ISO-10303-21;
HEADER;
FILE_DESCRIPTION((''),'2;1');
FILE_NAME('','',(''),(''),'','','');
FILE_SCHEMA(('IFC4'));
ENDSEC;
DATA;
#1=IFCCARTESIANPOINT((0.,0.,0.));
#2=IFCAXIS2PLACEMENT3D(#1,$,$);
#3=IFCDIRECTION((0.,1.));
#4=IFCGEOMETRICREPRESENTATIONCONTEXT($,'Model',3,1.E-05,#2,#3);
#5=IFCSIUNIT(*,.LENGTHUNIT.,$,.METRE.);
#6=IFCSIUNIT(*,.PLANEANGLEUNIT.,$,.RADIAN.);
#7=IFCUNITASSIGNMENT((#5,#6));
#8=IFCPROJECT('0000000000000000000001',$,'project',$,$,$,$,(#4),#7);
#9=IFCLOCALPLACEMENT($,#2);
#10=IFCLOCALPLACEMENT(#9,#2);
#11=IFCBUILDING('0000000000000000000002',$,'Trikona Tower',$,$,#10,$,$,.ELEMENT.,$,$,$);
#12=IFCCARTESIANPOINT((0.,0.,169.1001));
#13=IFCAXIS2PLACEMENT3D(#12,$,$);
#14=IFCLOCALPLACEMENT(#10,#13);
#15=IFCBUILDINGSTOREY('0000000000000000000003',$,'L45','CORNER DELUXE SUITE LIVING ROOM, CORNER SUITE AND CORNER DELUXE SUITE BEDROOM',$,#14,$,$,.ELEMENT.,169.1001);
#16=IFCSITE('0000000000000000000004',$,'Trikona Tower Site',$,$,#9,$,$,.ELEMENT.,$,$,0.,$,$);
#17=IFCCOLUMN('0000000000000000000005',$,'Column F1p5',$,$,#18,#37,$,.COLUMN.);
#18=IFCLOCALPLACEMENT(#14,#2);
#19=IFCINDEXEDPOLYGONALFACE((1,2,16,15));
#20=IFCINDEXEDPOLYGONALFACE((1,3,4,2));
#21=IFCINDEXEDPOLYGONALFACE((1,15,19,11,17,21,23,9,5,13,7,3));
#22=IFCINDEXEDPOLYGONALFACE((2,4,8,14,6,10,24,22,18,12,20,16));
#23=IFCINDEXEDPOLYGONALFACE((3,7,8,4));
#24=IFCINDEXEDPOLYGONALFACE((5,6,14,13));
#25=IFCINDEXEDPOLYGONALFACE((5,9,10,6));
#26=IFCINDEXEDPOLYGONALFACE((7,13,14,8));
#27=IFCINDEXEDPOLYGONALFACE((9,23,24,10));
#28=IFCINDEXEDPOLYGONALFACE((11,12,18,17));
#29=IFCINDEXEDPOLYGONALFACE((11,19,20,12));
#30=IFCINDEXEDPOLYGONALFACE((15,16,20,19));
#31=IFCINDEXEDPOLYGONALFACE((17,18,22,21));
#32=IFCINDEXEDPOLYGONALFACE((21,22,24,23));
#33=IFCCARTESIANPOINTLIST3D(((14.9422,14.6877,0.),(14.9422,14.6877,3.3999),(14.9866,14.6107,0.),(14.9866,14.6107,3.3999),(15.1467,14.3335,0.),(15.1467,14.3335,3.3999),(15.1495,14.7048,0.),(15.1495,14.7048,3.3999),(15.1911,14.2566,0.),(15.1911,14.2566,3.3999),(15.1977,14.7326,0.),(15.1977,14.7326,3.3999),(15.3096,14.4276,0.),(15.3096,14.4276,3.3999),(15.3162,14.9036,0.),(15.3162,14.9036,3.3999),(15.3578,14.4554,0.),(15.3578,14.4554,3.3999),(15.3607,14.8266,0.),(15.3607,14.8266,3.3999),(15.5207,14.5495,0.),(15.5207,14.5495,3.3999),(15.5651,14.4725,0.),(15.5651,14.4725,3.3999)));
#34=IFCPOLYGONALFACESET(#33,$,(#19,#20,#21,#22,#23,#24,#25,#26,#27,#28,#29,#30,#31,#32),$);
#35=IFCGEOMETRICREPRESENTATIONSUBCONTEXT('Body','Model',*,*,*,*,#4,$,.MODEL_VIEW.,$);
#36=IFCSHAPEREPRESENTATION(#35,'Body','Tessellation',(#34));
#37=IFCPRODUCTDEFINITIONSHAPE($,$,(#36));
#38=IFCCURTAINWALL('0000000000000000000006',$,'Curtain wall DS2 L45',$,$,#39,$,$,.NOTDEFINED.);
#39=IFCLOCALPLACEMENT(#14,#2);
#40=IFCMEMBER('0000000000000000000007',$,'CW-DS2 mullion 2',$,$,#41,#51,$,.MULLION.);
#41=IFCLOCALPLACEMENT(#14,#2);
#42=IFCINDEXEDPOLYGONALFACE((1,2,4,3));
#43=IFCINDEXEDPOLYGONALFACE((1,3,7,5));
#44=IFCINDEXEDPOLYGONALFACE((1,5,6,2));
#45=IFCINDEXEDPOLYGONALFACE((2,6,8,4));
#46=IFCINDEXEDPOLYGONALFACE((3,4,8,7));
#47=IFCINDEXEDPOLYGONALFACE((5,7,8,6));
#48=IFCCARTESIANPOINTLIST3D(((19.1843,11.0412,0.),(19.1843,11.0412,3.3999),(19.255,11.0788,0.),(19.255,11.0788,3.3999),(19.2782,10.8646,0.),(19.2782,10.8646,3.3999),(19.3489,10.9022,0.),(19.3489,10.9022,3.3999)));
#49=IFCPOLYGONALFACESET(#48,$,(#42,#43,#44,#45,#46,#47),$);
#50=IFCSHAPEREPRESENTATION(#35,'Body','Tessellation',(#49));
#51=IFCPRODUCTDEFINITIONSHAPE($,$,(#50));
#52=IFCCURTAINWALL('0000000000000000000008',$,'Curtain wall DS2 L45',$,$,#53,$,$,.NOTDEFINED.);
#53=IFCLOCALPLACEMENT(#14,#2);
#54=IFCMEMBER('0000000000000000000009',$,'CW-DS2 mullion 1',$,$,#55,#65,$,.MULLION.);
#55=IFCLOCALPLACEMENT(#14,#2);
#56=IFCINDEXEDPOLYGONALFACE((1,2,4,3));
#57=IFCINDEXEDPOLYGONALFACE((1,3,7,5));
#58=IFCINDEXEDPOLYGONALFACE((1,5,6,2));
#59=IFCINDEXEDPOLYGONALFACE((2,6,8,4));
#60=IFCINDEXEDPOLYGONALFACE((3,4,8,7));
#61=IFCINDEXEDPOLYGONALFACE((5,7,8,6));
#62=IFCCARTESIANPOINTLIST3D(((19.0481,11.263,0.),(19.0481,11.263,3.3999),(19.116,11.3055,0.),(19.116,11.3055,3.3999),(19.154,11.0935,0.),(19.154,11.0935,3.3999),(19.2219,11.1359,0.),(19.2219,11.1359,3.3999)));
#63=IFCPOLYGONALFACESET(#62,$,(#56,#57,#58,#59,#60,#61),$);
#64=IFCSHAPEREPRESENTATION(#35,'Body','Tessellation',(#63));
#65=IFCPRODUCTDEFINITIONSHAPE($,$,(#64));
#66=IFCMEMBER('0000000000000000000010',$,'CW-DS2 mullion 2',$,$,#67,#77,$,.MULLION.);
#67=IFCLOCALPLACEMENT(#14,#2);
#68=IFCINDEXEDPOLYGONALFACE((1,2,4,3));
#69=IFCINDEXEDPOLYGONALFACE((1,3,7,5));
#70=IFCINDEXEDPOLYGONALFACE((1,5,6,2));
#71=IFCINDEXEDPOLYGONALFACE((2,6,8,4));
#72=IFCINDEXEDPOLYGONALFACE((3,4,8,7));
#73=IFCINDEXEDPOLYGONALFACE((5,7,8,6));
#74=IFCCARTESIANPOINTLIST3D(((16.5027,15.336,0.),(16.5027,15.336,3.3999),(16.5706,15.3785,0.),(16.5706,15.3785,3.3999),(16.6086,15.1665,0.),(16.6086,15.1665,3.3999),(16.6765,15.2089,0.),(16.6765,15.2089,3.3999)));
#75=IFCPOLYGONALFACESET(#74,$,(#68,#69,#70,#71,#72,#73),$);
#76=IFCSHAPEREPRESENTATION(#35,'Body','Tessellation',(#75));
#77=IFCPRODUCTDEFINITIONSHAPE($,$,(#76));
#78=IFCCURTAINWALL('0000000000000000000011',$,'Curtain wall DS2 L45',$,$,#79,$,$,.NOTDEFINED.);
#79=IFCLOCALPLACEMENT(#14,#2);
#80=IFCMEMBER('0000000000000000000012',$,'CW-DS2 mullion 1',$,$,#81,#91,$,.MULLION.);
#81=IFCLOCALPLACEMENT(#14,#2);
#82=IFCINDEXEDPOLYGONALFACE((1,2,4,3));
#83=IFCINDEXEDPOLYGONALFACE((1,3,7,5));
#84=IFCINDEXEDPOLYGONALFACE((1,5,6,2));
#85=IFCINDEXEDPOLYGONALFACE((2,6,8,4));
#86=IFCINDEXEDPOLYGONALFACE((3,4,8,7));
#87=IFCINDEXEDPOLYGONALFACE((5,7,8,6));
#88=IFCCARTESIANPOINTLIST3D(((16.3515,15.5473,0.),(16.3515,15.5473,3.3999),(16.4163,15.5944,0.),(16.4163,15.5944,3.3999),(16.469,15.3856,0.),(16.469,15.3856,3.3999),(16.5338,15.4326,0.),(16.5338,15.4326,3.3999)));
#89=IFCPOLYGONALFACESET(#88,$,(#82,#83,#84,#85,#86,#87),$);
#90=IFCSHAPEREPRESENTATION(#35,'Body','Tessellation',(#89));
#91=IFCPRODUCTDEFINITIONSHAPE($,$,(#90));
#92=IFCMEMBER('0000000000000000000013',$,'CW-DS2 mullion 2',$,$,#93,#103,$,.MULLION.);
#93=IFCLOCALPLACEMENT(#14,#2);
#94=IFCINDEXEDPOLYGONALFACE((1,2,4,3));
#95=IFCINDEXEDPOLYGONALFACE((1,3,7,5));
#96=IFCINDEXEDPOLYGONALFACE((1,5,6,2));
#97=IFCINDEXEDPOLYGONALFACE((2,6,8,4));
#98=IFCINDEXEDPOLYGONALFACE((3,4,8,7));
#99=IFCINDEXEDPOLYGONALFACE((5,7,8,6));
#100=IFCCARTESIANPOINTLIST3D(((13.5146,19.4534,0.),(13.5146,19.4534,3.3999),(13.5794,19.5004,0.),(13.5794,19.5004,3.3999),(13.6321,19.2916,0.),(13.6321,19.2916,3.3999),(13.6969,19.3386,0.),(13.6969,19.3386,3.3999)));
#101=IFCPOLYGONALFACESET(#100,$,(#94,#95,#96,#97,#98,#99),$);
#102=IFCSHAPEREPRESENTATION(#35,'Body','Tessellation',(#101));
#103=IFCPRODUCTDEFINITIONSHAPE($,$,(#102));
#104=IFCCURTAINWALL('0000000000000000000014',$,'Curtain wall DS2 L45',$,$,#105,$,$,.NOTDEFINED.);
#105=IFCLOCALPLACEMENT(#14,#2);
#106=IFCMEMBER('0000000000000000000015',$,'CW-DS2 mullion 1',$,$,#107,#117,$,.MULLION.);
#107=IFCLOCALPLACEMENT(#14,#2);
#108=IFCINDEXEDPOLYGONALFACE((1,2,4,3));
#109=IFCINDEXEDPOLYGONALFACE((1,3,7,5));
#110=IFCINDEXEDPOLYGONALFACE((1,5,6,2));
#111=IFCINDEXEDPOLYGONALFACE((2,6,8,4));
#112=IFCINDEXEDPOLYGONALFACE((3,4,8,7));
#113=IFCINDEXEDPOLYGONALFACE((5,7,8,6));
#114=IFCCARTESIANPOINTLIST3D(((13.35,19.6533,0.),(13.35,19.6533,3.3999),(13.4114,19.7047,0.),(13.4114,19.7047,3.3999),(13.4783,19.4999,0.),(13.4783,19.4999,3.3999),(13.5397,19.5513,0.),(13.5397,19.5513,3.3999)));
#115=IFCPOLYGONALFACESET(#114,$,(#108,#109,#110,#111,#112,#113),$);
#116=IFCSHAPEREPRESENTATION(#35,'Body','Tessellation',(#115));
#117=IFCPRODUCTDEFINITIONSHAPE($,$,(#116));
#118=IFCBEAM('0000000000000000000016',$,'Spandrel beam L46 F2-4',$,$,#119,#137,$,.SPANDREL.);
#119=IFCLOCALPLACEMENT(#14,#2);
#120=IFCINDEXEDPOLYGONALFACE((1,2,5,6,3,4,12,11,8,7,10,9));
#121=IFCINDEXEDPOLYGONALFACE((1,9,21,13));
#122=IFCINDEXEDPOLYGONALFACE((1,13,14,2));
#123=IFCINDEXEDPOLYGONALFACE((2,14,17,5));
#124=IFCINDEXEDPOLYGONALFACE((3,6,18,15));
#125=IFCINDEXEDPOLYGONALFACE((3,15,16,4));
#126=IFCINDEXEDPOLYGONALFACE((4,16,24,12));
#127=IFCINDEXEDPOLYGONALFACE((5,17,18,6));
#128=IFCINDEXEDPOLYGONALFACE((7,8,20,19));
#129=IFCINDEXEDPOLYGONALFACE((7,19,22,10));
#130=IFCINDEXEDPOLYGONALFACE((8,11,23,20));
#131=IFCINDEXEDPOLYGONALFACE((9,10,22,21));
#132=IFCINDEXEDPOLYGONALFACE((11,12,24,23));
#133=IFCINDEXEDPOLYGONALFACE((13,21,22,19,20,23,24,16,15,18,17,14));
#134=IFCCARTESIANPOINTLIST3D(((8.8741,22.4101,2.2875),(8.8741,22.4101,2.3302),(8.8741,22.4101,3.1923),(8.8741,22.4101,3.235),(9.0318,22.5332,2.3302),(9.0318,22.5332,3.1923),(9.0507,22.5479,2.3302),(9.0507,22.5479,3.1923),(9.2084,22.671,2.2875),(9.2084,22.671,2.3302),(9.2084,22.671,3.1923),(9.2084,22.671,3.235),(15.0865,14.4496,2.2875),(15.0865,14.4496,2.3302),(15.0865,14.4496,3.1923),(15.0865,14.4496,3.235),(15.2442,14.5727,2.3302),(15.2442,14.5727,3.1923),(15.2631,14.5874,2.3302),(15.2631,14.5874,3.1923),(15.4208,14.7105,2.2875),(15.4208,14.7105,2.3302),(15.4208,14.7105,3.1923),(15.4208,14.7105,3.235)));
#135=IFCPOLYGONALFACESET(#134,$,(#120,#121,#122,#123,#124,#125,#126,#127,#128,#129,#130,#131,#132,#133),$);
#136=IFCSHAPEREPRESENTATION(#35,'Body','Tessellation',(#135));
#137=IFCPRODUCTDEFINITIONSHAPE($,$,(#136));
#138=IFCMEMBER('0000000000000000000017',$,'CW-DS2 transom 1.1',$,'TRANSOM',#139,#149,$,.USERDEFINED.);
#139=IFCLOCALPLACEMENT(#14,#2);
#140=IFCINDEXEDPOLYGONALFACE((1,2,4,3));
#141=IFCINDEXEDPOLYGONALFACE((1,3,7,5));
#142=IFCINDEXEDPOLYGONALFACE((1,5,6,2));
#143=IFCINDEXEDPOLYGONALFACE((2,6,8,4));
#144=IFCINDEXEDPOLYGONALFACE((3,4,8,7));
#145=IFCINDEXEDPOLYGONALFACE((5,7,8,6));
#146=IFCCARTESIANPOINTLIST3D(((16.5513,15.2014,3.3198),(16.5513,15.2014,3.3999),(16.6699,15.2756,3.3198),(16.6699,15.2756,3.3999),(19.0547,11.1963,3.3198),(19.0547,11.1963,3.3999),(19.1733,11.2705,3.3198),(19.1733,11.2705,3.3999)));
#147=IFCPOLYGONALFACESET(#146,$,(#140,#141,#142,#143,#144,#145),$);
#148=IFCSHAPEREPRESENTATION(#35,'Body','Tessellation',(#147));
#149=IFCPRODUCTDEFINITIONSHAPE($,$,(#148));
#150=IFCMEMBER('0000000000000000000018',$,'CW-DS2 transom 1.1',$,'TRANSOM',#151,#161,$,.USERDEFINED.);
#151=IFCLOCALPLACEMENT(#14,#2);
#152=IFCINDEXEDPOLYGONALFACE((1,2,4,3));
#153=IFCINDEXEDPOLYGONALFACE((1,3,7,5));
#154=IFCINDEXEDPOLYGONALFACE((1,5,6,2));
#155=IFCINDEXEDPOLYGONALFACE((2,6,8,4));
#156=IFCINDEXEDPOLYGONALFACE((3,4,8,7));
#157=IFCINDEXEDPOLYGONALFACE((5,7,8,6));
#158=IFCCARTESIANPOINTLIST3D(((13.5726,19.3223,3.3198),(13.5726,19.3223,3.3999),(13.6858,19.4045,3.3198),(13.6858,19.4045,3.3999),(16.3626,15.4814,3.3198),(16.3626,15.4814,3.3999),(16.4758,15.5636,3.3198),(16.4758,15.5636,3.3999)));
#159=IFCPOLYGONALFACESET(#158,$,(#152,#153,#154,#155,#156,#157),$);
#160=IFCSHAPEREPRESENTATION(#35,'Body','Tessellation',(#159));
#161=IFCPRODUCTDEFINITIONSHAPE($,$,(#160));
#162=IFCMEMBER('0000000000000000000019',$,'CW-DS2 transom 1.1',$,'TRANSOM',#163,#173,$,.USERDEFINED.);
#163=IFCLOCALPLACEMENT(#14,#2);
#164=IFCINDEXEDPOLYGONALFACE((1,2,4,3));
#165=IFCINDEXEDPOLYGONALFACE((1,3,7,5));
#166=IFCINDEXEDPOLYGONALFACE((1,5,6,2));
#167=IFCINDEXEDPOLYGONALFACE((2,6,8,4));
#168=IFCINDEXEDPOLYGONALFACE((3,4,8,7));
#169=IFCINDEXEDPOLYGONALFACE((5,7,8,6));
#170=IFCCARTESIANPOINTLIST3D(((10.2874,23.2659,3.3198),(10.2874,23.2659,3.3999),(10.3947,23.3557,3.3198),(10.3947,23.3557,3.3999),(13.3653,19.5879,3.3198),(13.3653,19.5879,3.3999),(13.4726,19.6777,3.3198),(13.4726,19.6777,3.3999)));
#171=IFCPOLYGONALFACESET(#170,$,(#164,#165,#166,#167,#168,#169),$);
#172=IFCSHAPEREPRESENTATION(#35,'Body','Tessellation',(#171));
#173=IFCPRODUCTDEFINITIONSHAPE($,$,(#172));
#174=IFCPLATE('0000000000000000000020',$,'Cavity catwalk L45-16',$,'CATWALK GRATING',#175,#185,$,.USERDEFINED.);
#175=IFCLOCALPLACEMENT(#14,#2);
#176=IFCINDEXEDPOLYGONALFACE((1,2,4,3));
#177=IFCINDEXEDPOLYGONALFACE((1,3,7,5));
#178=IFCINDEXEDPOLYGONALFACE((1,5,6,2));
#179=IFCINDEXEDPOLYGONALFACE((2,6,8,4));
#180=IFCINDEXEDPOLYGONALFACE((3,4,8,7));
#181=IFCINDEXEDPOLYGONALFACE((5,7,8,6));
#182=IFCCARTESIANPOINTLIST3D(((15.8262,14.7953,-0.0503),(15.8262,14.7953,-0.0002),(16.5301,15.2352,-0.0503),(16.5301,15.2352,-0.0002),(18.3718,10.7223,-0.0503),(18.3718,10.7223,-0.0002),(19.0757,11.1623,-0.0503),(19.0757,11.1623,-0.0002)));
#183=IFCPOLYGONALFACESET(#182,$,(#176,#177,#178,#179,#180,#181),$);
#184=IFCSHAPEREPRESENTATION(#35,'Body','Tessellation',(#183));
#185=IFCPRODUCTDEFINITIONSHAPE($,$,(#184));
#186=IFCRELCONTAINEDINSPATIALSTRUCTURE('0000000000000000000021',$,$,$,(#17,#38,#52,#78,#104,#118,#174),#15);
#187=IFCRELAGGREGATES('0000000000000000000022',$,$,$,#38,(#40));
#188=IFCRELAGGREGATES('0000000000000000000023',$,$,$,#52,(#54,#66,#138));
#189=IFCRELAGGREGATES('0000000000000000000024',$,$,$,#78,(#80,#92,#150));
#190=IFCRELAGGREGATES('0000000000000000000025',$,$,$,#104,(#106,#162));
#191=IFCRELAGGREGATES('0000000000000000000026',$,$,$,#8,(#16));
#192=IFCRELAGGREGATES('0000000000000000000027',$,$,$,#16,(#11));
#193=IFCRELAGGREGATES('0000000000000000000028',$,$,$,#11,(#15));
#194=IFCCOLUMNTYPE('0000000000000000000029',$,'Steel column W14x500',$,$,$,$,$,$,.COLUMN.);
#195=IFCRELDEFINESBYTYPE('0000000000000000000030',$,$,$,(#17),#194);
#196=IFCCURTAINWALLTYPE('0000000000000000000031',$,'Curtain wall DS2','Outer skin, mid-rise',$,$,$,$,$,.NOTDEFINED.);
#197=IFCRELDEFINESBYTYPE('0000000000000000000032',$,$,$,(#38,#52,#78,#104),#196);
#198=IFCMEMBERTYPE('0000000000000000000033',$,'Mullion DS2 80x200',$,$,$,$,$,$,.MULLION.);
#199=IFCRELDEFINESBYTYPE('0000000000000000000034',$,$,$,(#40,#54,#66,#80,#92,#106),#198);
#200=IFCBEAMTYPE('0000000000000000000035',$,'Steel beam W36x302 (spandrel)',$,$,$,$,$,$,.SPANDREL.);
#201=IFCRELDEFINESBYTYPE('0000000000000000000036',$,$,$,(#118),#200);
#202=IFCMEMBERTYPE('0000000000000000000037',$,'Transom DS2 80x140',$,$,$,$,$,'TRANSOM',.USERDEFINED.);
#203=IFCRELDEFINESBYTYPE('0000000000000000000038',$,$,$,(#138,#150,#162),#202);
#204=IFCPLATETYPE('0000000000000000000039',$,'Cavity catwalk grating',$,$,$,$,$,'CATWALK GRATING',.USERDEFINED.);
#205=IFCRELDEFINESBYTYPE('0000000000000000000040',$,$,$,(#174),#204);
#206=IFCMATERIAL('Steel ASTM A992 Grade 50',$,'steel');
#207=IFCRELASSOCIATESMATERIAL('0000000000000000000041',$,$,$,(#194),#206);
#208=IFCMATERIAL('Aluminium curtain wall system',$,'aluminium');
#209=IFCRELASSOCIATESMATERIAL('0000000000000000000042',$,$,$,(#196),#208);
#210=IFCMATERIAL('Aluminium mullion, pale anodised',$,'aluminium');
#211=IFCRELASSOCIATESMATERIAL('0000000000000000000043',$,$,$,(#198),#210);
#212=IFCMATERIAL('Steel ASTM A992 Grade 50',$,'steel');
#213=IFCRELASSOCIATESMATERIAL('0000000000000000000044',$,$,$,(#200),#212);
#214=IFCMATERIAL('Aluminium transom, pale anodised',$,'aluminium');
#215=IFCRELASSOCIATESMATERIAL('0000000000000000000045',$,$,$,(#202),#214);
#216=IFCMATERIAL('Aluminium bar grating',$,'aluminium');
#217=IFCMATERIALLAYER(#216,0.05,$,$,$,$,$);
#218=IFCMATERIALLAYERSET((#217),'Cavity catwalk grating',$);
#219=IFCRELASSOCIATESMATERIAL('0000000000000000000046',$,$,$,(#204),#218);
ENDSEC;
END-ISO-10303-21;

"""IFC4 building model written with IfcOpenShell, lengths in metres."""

from ifc_helpers import new_model, si_unit, direction, frame, origin, origin_2d, place, context, subcontext, project, spatial, rectangle, i_section, extrude, material, layer, layer_set, material_profile, profile_set, type_object, element, aggregate, save


model = new_model("IFC4")

# Units and contexts
model_context = context("Model", 3, precision=1e-05, world=origin(), true_north=direction((0.0, 1.0)))
body_context = subcontext(model_context, "Body", "Model", "MODEL_VIEW")
ifc_project = project(units=[si_unit("LENGTHUNIT", "METRE"), si_unit("PLANEANGLEUNIT", "RADIAN")], contexts=[model_context])

# Site, building, storey
site_placement = place(None, origin())
site = spatial("IfcSite", under=ifc_project, at=site_placement, Name="Trikona Tower Site", CompositionType="ELEMENT", RefElevation=0.0)
building_placement = place(site_placement, origin())
building = spatial("IfcBuilding", under=site, at=building_placement, Name="Trikona Tower", CompositionType="ELEMENT")
storey_placement = place(building_placement, frame((0.0, 0.0, 169.1001)))
storey = spatial("IfcBuildingStorey", under=building, at=storey_placement, Name="L45", Description="CORNER DELUXE SUITE LIVING ROOM, CORNER SUITE AND CORNER DELUXE SUITE BEDROOM", CompositionType="ELEMENT", Elevation=169.1001)

# Column
ifc_material_1 = material(Name="Steel ASTM A992 Grade 50", Category="steel")
ifc_material_profile_1 = material_profile(ifc_material_1, i_section(OverallWidth=0.4319, OverallDepth=0.4978, WebThickness=0.0557, FlangeThickness=0.0889, at=origin_2d()), Name="W14X500")
ifc_profile_set_1 = profile_set([ifc_material_profile_1], Name="Steel ASTM A992 Grade 50")
column_type = type_object("IfcColumnType", Name="Steel column W14x500", PredefinedType="COLUMN", material=ifc_profile_set_1)
column_placement = place(storey_placement, frame((15.2537, 14.5801, 0.0), z_axis=(0.0, 0.0, 1.0), x_axis=(0.866025, 0.5, 0.0)))
element("IfcColumn", 1, at=column_placement, inside=storey, type_object=column_type, Name="Column F1p5", PredefinedType="COLUMN", context=body_context, shape_type="SweptSolid", body=[
    extrude(i_section(OverallWidth=0.4319, OverallDepth=0.4978, WebThickness=0.0557, FlangeThickness=0.0889, at=origin_2d()), origin(), (0.0, 0.0, 1.0), 3.3999),
])

# Curtain wall, member
ifc_material_2 = material(Name="Aluminium curtain wall system", Category="aluminium")
curtain_wall_type = type_object("IfcCurtainWallType", Name="Curtain wall DS2", Description="Outer skin, mid-rise", PredefinedType="NOTDEFINED", material=ifc_material_2)
curtain_wall_1_placement = place(storey_placement, origin())
curtain_wall_1 = element("IfcCurtainWall", 2, at=curtain_wall_1_placement, inside=storey, type_object=curtain_wall_type, Name="Curtain wall DS2 L45", PredefinedType="NOTDEFINED")
ifc_material_3 = material(Name="Aluminium mullion, pale anodised", Category="aluminium")
ifc_material_profile_2 = material_profile(ifc_material_3, rectangle(XDim=0.0801, YDim=0.2, at=origin_2d()), Name="MUL-DS2")
ifc_profile_set_2 = profile_set([ifc_material_profile_2], Name="Aluminium mullion, pale anodised")
member_type_1 = type_object("IfcMemberType", Name="Mullion DS2 80x200", PredefinedType="MULLION", material=ifc_profile_set_2)
member_1_placement = place(storey_placement, frame((19.2666, 10.9717, 0.0), z_axis=(0.0, 0.0, 1.0), x_axis=(-0.882996, -0.46938, 0.0)))
member_1 = element("IfcMember", 3, at=member_1_placement, type_object=member_type_1, Name="CW-DS2 mullion 2", PredefinedType="MULLION", context=body_context, shape_type="SweptSolid", body=[
    extrude(rectangle(XDim=0.0801, YDim=0.2, at=origin_2d()), origin(), (0.0, 0.0, 1.0), 3.3999),
])
aggregate(curtain_wall_1, [member_1])

# Curtain walls, members
curtain_wall_2_placement = place(storey_placement, origin())
curtain_wall_2 = element("IfcCurtainWall", 4, at=curtain_wall_2_placement, inside=storey, type_object=curtain_wall_type, Name="Curtain wall DS2 L45", PredefinedType="NOTDEFINED")
member_2_placement = place(storey_placement, frame((19.135, 11.1995, 0.0), z_axis=(0.0, 0.0, 1.0), x_axis=(-0.847998, -0.529999, 0.0)))
member_2 = element("IfcMember", 5, at=member_2_placement, type_object=member_type_1, Name="CW-DS2 mullion 1", PredefinedType="MULLION", context=body_context, shape_type="SweptSolid", body=[
    extrude(rectangle(XDim=0.0801, YDim=0.2, at=origin_2d()), origin(), (0.0, 0.0, 1.0), 3.3999),
])
member_3_placement = place(storey_placement, frame((16.5896, 15.2725, 0.0), z_axis=(0.0, 0.0, 1.0), x_axis=(-0.847998, -0.529999, 0.0)))
member_3 = element("IfcMember", 6, at=member_3_placement, type_object=member_type_1, Name="CW-DS2 mullion 2", PredefinedType="MULLION", context=body_context, shape_type="SweptSolid", body=[
    extrude(rectangle(XDim=0.0801, YDim=0.2, at=origin_2d()), origin(), (0.0, 0.0, 1.0), 3.3999),
])
curtain_wall_3_placement = place(storey_placement, origin())
curtain_wall_3 = element("IfcCurtainWall", 7, at=curtain_wall_3_placement, inside=storey, type_object=curtain_wall_type, Name="Curtain wall DS2 L45", PredefinedType="NOTDEFINED")
member_4_placement = place(storey_placement, frame((16.4426, 15.49, 0.0), z_axis=(0.0, 0.0, 1.0), x_axis=(-0.809086, -0.587691, 0.0)))
member_4 = element("IfcMember", 8, at=member_4_placement, type_object=member_type_1, Name="CW-DS2 mullion 1", PredefinedType="MULLION", context=body_context, shape_type="SweptSolid", body=[
    extrude(rectangle(XDim=0.0801, YDim=0.2, at=origin_2d()), origin(), (0.0, 0.0, 1.0), 3.3999),
])
member_5_placement = place(storey_placement, frame((13.6057, 19.396, 0.0), z_axis=(0.0, 0.0, 1.0), x_axis=(-0.809086, -0.587691, 0.0)))
member_5 = element("IfcMember", 9, at=member_5_placement, type_object=member_type_1, Name="CW-DS2 mullion 2", PredefinedType="MULLION", context=body_context, shape_type="SweptSolid", body=[
    extrude(rectangle(XDim=0.0801, YDim=0.2, at=origin_2d()), origin(), (0.0, 0.0, 1.0), 3.3999),
])

# Curtain wall, member
curtain_wall_4_placement = place(storey_placement, origin())
curtain_wall_4 = element("IfcCurtainWall", 10, at=curtain_wall_4_placement, inside=storey, type_object=curtain_wall_type, Name="Curtain wall DS2 L45", PredefinedType="NOTDEFINED")
member_6_placement = place(storey_placement, frame((13.4448, 19.6023, 0.0), z_axis=(0.0, 0.0, 1.0), x_axis=(-0.766867, -0.641806, 0.0)))
member_6 = element("IfcMember", 11, at=member_6_placement, type_object=member_type_1, Name="CW-DS2 mullion 1", PredefinedType="MULLION", context=body_context, shape_type="SweptSolid", body=[
    extrude(rectangle(XDim=0.0801, YDim=0.2, at=origin_2d()), origin(), (0.0, 0.0, 1.0), 3.3999),
])

# Beam
ifc_material_4 = material(Name="Steel ASTM A992 Grade 50", Category="steel")
ifc_material_profile_3 = material_profile(ifc_material_4, i_section(OverallWidth=0.4241, OverallDepth=0.9475, WebThickness=0.0239, FlangeThickness=0.0427, at=origin_2d()), Name="W36X302")
ifc_profile_set_3 = profile_set([ifc_material_profile_3], Name="Steel ASTM A992 Grade 50")
beam_type = type_object("IfcBeamType", Name="Steel beam W36x302 (spandrel)", PredefinedType="SPANDREL", material=ifc_profile_set_3)
beam_placement = place(storey_placement, frame((15.2537, 14.5801, 2.7612), z_axis=(-0.615232, 0.788346, 0.0), x_axis=(-0.788346, -0.615232, 0.0)))
element("IfcBeam", 12, at=beam_placement, inside=storey, type_object=beam_type, Name="Spandrel beam L46 F2-4", PredefinedType="SPANDREL", context=body_context, shape_type="SweptSolid", body=[
    extrude(i_section(OverallWidth=0.4241, OverallDepth=0.9475, WebThickness=0.0239, FlangeThickness=0.0427, at=origin_2d()), origin(), (0.0, 0.0, 1.0), 10.0977),
])

# Members
ifc_material_5 = material(Name="Aluminium transom, pale anodised", Category="aluminium")
ifc_material_profile_4 = material_profile(ifc_material_5, rectangle(XDim=0.1399, YDim=0.0801, at=origin_2d()), Name="TRN-DS2")
ifc_profile_set_4 = profile_set([ifc_material_profile_4], Name="Aluminium transom, pale anodised")
member_type_2 = type_object("IfcMemberType", Name="Transom DS2 80x140", ElementType="TRANSOM", PredefinedType="USERDEFINED", material=ifc_profile_set_4)
member_7_placement = place(storey_placement, frame((19.114, 11.2334, 3.3599), z_axis=(-0.530031, 0.847978, 0.0), x_axis=(-0.847978, -0.530031, 0.0)))
member_7 = element("IfcMember", 13, at=member_7_placement, type_object=member_type_2, Name="CW-DS2 transom 1.1", ObjectType="TRANSOM", PredefinedType="USERDEFINED", context=body_context, shape_type="SweptSolid", body=[
    extrude(rectangle(XDim=0.1399, YDim=0.0801, at=origin_2d()), origin(), (0.0, 0.0, 1.0), 4.7231),
])
member_8_placement = place(storey_placement, frame((16.4192, 15.5225, 3.3599), z_axis=(-0.587695, 0.809083, 0.0), x_axis=(-0.809083, -0.587695, 0.0)))
member_8 = element("IfcMember", 14, at=member_8_placement, type_object=member_type_2, Name="CW-DS2 transom 1.1", ObjectType="TRANSOM", PredefinedType="USERDEFINED", context=body_context, shape_type="SweptSolid", body=[
    extrude(rectangle(XDim=0.1399, YDim=0.0801, at=origin_2d()), origin(), (0.0, 0.0, 1.0), 4.7473),
])
member_9_placement = place(storey_placement, frame((13.4189, 19.6328, 3.3599), z_axis=(-0.64177, 0.766897, 0.0), x_axis=(-0.766897, -0.64177, 0.0)))
member_9 = element("IfcMember", 15, at=member_9_placement, type_object=member_type_2, Name="CW-DS2 transom 1.1", ObjectType="TRANSOM", PredefinedType="USERDEFINED", context=body_context, shape_type="SweptSolid", body=[
    extrude(rectangle(XDim=0.1399, YDim=0.0801, at=origin_2d()), origin(), (0.0, 0.0, 1.0), 4.7959),
])

# Plate
ifc_material_6 = material(Name="Aluminium bar grating", Category="aluminium")
ifc_layer_1 = layer(ifc_material_6, 0.05)
ifc_layer_set_1 = layer_set([ifc_layer_1], Name="Cavity catwalk grating")
plate_type_1 = type_object("IfcPlateType", Name="Cavity catwalk grating", ElementType="CATWALK GRATING", PredefinedType="USERDEFINED", material=ifc_layer_set_1)
plate_1_placement = place(storey_placement, frame((17.4509, 12.9788, -0.0503), z_axis=(0.0, 0.0, 1.0), x_axis=(-0.529995, 0.848001, 0.0)))
element("IfcPlate", 16, at=plate_1_placement, inside=storey, type_object=plate_type_1, Name="Cavity catwalk L45-16", ObjectType="CATWALK GRATING", PredefinedType="USERDEFINED", context=body_context, shape_type="SweptSolid", body=[
    extrude(rectangle(XDim=4.803, YDim=0.8301, at=origin_2d()), origin(), (0.0, 0.0, 1.0), 0.05),
])

aggregate(curtain_wall_2, [member_2, member_3, member_7])
aggregate(curtain_wall_3, [member_4, member_5, member_8])
aggregate(curtain_wall_4, [member_6, member_9])

save(model, "model.ifc")
